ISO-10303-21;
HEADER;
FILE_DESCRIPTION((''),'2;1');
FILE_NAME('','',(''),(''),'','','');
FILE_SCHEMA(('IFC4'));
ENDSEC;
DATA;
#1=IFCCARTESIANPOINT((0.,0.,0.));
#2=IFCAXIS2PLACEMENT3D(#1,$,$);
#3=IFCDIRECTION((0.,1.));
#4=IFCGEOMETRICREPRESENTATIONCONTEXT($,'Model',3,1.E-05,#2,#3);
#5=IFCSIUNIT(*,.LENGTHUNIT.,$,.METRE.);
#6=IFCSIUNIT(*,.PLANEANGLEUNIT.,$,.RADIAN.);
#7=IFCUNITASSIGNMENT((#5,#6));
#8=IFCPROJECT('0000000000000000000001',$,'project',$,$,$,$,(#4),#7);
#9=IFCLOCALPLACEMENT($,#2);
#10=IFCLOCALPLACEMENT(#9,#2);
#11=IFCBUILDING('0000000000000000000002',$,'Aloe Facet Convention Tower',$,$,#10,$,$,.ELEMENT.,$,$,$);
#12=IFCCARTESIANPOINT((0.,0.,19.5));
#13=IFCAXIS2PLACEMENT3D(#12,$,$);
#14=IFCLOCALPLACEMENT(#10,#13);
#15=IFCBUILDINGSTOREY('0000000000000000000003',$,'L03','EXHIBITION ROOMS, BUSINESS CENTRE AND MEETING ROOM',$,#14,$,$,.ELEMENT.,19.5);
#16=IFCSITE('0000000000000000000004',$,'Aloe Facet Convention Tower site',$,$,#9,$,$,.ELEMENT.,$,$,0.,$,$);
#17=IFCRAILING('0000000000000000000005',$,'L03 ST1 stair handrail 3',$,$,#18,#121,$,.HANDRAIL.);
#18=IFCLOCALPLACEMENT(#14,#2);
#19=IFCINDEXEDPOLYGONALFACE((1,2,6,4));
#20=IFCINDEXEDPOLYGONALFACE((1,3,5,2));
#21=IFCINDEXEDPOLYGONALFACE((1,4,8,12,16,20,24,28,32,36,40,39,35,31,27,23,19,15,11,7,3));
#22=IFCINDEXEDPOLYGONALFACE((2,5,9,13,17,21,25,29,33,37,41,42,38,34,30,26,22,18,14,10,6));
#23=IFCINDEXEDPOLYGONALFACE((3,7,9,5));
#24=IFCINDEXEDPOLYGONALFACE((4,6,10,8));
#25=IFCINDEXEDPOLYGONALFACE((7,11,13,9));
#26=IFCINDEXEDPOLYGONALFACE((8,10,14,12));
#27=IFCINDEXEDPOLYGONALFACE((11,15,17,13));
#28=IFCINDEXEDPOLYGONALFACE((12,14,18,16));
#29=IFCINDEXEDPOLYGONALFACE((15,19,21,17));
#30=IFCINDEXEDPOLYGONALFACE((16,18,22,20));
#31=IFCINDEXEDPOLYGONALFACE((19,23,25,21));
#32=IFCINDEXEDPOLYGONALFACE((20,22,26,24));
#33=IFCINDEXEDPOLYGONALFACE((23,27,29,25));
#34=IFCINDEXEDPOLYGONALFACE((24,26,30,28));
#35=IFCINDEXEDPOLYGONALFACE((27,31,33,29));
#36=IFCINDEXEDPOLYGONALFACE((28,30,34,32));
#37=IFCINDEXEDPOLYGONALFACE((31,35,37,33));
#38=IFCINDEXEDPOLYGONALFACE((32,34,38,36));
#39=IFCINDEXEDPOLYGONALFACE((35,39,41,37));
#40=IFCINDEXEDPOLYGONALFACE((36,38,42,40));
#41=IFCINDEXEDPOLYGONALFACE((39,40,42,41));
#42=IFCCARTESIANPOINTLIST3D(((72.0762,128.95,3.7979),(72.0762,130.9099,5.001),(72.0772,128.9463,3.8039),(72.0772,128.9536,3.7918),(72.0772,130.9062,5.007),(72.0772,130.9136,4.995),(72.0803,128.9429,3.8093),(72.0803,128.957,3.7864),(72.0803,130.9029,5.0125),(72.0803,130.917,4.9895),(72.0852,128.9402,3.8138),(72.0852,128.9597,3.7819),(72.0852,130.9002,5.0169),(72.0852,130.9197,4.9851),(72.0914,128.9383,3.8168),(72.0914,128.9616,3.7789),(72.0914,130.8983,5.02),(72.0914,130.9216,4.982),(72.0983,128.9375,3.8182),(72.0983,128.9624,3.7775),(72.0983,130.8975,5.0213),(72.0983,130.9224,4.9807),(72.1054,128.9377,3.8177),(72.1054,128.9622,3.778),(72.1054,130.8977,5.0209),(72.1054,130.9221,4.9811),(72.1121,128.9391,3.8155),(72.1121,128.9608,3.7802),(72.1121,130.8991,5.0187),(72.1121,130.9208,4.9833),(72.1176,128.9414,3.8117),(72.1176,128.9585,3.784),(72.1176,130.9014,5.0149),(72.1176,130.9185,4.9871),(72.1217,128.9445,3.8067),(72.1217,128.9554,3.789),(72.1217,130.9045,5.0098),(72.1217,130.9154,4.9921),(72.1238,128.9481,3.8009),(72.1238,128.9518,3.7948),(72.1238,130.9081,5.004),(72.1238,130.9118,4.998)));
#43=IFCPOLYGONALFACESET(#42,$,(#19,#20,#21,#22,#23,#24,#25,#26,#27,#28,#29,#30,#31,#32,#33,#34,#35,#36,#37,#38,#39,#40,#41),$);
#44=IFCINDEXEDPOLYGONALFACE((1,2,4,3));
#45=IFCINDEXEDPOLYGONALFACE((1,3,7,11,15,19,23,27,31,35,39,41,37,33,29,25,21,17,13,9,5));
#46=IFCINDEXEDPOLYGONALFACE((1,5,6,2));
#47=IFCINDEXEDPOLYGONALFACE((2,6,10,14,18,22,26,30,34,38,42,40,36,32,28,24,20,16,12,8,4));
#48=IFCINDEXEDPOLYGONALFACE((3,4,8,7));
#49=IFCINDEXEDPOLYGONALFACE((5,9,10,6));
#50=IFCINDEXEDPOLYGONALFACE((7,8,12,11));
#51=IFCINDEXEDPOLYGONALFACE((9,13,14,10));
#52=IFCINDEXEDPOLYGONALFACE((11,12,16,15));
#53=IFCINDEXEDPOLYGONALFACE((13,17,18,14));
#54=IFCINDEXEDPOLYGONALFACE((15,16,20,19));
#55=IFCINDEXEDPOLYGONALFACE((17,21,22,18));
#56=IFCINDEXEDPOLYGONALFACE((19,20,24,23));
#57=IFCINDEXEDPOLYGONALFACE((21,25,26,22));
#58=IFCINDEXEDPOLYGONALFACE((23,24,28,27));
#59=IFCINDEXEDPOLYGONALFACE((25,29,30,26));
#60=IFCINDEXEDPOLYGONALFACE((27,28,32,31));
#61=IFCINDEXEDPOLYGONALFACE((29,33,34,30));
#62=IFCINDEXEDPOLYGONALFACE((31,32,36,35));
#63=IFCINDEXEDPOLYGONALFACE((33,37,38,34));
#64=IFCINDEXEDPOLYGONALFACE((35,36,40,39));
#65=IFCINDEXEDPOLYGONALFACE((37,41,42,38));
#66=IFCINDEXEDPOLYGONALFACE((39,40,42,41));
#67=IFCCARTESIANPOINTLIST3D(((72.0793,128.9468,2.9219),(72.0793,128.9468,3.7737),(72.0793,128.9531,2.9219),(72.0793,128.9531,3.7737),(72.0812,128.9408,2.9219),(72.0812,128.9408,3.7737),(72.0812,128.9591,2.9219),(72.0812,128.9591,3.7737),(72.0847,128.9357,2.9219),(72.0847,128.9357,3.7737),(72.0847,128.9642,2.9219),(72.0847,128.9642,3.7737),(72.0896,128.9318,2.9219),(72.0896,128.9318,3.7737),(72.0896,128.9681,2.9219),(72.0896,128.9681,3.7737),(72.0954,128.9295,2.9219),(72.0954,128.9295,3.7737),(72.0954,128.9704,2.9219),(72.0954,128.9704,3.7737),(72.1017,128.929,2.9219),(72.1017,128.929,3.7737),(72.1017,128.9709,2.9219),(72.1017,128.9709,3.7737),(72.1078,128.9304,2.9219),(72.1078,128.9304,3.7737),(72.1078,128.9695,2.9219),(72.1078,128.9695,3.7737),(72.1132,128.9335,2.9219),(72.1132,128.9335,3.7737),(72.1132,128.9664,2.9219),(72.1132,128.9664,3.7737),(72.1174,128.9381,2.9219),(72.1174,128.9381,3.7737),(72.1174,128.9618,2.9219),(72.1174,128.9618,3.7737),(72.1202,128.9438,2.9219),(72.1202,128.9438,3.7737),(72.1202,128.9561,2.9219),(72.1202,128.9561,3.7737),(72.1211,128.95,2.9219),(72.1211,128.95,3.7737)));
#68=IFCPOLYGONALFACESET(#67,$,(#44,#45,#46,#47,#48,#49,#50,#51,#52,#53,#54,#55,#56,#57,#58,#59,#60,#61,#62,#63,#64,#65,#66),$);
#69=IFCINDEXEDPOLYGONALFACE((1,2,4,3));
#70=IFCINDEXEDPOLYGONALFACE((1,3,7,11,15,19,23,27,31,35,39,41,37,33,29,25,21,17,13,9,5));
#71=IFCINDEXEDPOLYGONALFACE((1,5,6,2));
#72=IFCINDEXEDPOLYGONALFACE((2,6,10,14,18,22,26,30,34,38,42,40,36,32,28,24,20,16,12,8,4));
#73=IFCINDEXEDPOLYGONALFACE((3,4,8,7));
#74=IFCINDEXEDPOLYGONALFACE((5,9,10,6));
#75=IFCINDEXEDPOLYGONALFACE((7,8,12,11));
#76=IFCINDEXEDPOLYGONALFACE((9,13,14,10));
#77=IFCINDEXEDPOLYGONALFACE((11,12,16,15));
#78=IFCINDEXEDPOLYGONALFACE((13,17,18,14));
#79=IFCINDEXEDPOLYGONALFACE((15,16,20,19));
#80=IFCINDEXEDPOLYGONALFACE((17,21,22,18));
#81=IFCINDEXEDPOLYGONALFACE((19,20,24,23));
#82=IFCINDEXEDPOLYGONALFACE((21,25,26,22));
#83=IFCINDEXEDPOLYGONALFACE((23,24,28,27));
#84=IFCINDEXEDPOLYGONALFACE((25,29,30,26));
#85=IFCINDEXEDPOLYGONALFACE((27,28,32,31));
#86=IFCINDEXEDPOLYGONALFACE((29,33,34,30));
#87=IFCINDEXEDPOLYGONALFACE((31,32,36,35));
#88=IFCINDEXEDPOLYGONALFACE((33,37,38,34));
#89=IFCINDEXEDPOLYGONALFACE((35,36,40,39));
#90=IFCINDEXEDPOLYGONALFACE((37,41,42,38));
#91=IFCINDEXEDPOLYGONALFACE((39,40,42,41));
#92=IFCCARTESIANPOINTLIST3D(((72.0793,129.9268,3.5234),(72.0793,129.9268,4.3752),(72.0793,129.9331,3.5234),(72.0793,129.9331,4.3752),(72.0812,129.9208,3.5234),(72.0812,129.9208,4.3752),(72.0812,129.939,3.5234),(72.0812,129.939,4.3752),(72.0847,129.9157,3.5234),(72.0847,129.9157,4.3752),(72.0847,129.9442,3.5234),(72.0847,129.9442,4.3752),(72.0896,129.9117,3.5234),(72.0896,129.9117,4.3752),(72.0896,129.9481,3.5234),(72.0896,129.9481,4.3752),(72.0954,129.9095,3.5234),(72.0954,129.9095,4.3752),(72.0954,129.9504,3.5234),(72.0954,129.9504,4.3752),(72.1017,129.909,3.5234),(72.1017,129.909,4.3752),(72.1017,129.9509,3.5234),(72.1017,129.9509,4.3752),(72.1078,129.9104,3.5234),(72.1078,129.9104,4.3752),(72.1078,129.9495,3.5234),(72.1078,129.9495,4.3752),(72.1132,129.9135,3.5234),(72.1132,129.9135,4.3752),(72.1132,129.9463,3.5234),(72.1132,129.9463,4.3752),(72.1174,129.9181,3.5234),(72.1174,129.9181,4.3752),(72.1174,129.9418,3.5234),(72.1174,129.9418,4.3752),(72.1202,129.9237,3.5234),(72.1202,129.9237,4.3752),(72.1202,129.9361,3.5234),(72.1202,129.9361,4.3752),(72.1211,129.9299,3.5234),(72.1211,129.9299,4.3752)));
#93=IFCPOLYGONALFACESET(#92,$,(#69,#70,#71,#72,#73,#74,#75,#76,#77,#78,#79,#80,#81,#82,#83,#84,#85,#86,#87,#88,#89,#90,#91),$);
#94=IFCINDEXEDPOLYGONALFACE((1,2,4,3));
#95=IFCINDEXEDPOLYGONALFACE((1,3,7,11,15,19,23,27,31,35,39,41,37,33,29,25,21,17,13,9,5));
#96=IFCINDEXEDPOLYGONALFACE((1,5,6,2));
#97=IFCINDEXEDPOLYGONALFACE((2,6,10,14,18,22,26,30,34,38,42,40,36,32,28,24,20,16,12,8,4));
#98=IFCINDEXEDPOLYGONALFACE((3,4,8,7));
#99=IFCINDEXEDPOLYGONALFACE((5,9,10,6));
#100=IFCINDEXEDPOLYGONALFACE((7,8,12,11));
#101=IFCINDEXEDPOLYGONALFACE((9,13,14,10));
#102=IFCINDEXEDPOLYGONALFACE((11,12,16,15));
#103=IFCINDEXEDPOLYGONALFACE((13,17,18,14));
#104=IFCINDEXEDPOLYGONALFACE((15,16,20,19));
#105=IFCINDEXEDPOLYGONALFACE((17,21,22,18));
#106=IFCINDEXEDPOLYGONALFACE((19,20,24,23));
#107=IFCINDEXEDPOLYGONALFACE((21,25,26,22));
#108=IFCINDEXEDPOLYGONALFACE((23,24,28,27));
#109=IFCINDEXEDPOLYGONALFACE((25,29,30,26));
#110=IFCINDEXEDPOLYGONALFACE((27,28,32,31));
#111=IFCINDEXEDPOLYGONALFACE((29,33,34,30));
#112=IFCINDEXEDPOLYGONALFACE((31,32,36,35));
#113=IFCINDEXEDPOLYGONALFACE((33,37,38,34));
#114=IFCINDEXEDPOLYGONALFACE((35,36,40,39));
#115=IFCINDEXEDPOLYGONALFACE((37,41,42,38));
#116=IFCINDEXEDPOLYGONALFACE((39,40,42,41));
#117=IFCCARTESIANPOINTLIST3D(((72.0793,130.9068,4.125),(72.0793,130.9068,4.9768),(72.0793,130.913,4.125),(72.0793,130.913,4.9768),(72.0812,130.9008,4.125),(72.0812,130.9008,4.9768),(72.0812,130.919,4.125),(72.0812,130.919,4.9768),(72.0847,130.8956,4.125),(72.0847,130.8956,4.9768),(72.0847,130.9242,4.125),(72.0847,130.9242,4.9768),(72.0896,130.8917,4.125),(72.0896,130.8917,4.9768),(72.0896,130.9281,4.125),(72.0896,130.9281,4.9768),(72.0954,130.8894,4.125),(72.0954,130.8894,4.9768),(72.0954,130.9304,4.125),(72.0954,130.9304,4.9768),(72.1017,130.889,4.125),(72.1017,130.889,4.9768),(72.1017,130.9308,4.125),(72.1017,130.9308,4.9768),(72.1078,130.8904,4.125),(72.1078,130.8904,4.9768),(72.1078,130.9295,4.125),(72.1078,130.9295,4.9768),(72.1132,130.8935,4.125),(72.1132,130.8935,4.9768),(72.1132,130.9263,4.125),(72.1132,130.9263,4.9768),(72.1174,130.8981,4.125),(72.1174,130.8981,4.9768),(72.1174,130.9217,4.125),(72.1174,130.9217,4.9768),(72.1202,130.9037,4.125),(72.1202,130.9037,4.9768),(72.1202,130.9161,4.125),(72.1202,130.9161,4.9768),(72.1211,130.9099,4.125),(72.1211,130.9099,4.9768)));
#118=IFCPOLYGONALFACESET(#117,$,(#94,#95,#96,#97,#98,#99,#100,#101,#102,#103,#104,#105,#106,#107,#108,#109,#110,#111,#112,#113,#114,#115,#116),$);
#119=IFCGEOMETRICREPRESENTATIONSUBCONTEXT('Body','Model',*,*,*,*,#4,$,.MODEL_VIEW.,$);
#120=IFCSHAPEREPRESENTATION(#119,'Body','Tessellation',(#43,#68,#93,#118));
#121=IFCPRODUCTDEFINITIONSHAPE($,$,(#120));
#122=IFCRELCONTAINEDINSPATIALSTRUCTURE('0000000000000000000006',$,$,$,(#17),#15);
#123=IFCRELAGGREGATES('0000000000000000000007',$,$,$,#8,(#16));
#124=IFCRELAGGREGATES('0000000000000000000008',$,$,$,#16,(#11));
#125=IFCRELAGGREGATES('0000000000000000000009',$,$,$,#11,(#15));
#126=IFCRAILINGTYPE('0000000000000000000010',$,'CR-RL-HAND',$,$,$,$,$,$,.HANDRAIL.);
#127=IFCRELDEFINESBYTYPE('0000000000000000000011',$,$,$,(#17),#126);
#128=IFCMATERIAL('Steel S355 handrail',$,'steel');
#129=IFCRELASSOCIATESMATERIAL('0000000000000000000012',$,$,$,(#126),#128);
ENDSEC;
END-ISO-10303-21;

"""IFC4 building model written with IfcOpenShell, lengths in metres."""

from ifc_helpers import new_model, si_unit, direction, frame, origin, origin_2d, place, context, subcontext, project, spatial, circle, extrude, material, type_object, element, save


model = new_model("IFC4")

# Units and contexts
model_context = context("Model", 3, precision=1e-05, world=origin(), true_north=direction((0.0, 1.0)))
body_context = subcontext(model_context, "Body", "Model", "MODEL_VIEW")
ifc_project = project(units=[si_unit("LENGTHUNIT", "METRE"), si_unit("PLANEANGLEUNIT", "RADIAN")], contexts=[model_context])

# Site, building, storey
site_placement = place(None, origin())
site = spatial("IfcSite", under=ifc_project, at=site_placement, Name="Aloe Facet Convention Tower site", CompositionType="ELEMENT", RefElevation=0.0)
building_placement = place(site_placement, origin())
building = spatial("IfcBuilding", under=site, at=building_placement, Name="Aloe Facet Convention Tower", CompositionType="ELEMENT")
storey_placement = place(building_placement, frame((0.0, 0.0, 19.5)))
storey = spatial("IfcBuildingStorey", under=building, at=storey_placement, Name="L03", Description="EXHIBITION ROOMS, BUSINESS CENTRE AND MEETING ROOM", CompositionType="ELEMENT", Elevation=19.5)

# Railing
ifc_material_1 = material(Name="Steel S355 handrail", Category="steel")
railing_type_1 = type_object("IfcRailingType", Name="CR-RL-HAND", PredefinedType="HANDRAIL", material=ifc_material_1)
for number, where, name in (
    (1, (72.1001, 128.95, 2.9219), "L03 ST1 stair handrail 3"),
):
    element("IfcRailing", number, at=place(storey_placement, frame(where)), inside=storey, type_object=railing_type_1, Name=name, PredefinedType="HANDRAIL", context=body_context, shape_type="SweptSolid", body=[
        extrude(circle(Radius=0.0239, at=origin_2d()), frame((0.0, 0.0, 0.876), z_axis=(0.0, 0.852241, 0.523149), x_axis=(-1.0, 0.0, 0.0)), (0.0, 0.0, 1.0), 2.2998),
        extrude(circle(Radius=0.021, at=origin_2d()), origin(), (0.0, 0.0, 1.0), 0.8518),
        extrude(circle(Radius=0.021, at=origin_2d()), frame((0.0, 0.98, 0.6016)), (0.0, 0.0, 1.0), 0.8518),
        extrude(circle(Radius=0.021, at=origin_2d()), frame((0.0, 1.96, 1.2031)), (0.0, 0.0, 1.0), 0.8518),
    ])

save(model, "model.ifc")
